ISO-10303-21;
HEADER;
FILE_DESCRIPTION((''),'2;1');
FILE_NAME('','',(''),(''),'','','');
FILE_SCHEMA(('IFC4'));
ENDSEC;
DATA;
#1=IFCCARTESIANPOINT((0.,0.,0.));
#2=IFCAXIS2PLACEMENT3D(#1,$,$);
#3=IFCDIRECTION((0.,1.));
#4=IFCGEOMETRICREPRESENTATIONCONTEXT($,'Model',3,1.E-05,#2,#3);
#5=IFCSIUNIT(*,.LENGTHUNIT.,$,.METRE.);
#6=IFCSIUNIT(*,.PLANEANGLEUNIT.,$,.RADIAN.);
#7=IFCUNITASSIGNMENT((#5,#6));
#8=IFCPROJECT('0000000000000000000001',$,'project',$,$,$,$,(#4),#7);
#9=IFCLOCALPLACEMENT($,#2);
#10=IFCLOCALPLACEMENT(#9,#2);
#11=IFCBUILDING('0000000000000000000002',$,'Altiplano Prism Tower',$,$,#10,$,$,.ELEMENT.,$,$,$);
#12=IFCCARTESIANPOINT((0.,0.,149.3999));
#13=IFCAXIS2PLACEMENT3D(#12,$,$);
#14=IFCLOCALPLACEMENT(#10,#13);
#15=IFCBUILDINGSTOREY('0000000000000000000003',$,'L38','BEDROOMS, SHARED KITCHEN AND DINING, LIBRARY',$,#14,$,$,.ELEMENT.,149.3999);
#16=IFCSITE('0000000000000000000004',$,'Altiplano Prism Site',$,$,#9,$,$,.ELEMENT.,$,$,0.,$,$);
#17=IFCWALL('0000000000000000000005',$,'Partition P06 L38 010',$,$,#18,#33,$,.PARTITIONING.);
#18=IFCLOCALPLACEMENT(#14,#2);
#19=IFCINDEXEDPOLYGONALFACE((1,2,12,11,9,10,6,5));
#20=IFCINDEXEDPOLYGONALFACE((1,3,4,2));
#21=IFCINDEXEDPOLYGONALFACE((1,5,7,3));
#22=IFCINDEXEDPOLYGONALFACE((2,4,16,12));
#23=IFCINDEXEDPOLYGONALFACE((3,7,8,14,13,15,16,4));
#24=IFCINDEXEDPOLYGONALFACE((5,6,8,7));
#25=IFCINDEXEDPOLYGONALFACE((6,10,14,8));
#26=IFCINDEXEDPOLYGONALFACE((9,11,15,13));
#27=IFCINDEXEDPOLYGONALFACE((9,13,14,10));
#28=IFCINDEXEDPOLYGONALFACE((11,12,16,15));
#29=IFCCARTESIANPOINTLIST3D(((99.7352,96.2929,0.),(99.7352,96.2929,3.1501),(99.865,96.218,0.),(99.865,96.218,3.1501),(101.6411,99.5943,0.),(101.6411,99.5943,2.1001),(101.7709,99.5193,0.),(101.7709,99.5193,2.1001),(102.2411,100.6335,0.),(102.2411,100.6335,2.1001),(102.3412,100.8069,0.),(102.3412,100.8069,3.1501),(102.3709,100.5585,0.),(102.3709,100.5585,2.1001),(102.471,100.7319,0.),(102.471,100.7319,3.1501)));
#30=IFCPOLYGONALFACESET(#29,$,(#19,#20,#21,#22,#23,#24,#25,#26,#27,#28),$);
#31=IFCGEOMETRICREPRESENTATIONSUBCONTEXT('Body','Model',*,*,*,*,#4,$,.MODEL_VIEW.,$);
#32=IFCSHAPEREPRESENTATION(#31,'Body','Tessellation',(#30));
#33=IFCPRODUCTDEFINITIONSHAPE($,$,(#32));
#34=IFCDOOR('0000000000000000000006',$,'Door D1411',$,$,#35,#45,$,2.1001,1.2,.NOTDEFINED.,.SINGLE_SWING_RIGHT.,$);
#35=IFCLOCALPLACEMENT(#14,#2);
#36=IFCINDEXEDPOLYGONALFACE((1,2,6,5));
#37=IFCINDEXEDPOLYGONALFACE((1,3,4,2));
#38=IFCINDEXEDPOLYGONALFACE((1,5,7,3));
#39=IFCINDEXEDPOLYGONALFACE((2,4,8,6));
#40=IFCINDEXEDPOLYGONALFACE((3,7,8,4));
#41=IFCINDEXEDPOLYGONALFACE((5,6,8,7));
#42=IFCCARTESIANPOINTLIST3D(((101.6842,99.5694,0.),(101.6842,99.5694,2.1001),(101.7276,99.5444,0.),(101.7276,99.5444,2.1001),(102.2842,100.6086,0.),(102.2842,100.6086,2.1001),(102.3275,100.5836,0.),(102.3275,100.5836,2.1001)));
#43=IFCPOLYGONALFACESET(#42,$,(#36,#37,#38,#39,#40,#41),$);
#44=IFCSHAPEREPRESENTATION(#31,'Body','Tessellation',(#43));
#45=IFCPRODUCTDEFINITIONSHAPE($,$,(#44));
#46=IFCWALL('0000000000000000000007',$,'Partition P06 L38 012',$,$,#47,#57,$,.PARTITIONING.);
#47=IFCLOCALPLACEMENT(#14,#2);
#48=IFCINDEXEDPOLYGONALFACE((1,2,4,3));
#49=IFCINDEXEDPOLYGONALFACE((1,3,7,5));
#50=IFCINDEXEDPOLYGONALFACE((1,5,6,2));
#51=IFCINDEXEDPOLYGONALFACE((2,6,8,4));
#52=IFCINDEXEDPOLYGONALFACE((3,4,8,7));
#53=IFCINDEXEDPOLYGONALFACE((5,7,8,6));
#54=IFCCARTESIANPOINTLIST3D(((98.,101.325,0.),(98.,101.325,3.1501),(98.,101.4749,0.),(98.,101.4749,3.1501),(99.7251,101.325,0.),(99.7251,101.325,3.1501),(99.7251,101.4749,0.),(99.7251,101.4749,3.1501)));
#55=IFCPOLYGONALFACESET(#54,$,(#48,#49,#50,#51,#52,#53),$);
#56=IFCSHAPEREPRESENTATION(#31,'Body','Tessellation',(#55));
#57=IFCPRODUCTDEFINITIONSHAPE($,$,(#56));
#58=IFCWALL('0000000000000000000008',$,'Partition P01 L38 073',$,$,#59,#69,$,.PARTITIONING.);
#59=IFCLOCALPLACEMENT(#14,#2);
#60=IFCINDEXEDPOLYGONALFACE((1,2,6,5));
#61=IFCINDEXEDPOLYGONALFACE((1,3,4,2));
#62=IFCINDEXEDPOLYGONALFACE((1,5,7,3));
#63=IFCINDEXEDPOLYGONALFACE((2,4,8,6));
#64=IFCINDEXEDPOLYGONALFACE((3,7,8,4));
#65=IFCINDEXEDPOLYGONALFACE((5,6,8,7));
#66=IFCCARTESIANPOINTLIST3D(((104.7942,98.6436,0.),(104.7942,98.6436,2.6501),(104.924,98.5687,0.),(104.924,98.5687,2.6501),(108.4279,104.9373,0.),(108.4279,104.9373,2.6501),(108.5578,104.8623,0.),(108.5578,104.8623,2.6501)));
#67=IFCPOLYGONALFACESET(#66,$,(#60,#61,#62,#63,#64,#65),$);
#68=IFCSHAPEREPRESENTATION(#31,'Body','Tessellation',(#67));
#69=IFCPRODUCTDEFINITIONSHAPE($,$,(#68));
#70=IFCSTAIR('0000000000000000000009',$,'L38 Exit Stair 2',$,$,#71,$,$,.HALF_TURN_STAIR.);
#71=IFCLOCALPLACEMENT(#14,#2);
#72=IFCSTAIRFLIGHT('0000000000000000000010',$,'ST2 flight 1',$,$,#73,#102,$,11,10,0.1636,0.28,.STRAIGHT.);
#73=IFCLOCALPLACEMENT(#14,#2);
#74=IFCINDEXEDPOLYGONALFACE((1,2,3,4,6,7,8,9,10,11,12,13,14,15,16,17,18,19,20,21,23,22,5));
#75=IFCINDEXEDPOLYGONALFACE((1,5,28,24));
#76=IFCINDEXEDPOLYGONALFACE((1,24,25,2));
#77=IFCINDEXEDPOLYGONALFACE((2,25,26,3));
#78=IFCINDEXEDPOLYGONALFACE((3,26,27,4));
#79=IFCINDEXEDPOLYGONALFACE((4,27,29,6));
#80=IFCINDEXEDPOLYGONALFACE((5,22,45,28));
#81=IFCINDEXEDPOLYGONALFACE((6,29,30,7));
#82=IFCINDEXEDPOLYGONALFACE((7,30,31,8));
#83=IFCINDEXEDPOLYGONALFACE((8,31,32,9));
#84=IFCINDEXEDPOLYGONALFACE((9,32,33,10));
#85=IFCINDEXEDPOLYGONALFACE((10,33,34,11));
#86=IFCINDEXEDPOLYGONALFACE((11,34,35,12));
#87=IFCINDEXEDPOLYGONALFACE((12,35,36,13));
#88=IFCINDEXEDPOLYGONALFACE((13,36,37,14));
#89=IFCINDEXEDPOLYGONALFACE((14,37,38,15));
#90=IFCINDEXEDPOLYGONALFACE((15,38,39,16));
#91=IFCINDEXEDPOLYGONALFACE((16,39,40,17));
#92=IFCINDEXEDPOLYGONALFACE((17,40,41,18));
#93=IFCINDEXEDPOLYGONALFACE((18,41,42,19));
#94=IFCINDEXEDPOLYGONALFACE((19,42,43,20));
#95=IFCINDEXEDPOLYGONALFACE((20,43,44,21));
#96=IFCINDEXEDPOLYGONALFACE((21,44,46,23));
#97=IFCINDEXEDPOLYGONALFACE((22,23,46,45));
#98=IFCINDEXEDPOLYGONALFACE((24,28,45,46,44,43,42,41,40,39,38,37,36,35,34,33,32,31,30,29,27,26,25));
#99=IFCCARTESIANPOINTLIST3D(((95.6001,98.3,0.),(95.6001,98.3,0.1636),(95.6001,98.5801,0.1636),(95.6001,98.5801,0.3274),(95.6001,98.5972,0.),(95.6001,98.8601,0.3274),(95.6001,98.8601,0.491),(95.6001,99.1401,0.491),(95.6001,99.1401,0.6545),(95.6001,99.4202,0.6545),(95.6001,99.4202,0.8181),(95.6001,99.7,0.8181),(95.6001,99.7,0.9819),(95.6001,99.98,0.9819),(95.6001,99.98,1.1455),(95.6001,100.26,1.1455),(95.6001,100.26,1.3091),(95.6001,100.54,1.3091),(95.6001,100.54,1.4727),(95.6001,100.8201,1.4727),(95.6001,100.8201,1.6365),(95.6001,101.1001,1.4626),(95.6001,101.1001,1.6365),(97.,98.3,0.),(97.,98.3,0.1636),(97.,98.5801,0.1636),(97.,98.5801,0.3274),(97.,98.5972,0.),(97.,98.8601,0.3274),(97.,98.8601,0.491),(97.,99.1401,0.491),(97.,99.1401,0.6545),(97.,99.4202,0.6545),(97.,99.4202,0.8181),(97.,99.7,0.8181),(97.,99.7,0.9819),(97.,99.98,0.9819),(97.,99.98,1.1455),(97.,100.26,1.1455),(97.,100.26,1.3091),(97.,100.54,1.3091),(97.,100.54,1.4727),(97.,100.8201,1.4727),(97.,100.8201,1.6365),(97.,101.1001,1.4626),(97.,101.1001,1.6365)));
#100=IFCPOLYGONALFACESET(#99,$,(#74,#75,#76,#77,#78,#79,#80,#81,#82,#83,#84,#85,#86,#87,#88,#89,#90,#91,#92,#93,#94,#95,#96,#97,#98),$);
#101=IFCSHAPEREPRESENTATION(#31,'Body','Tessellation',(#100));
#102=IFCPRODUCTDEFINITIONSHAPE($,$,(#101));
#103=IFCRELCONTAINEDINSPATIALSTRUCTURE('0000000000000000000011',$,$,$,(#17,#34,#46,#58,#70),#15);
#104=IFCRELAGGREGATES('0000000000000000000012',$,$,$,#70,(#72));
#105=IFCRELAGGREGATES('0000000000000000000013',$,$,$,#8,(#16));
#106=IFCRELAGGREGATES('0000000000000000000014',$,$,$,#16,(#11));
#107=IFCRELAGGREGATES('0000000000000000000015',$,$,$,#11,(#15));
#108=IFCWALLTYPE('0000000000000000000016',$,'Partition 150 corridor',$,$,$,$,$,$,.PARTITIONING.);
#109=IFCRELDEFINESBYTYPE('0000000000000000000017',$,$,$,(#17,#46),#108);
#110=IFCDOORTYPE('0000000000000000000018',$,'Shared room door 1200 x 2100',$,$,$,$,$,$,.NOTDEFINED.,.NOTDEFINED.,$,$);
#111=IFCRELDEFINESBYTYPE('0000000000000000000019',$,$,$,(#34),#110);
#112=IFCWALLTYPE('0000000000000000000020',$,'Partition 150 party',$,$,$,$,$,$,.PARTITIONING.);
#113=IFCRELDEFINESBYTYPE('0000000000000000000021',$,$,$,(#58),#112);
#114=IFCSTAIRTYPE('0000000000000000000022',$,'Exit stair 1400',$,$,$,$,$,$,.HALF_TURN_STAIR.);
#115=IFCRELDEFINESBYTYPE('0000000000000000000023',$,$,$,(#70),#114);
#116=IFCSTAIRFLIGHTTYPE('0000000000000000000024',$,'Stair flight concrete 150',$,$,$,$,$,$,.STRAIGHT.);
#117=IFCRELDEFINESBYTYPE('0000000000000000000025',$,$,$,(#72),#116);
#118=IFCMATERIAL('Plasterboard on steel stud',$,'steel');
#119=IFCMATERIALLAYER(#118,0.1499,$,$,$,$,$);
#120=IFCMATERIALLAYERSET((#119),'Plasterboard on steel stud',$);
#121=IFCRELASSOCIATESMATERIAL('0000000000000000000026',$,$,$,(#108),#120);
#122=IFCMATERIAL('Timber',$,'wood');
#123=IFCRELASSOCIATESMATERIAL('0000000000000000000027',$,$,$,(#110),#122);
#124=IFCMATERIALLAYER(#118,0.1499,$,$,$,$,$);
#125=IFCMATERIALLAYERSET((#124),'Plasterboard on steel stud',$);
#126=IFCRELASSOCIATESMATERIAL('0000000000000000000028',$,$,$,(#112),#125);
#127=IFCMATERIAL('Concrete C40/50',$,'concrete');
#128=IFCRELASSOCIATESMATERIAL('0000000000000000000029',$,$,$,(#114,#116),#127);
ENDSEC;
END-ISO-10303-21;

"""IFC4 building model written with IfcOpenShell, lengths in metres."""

from ifc_helpers import new_model, si_unit, direction, frame, frame_2d, origin, place, context, subcontext, project, spatial, polyline, rectangle, outline, extrude, material, layer, layer_set, type_object, element, fill, aggregate, save


model = new_model("IFC4")

# Units and contexts
model_context = context("Model", 3, precision=1e-05, world=origin(), true_north=direction((0.0, 1.0)))
body_context = subcontext(model_context, "Body", "Model", "MODEL_VIEW")
ifc_project = project(units=[si_unit("LENGTHUNIT", "METRE"), si_unit("PLANEANGLEUNIT", "RADIAN")], contexts=[model_context])

# Site, building, storey
site_placement = place(None, origin())
site = spatial("IfcSite", under=ifc_project, at=site_placement, Name="Altiplano Prism Site", CompositionType="ELEMENT", RefElevation=0.0)
building_placement = place(site_placement, origin())
building = spatial("IfcBuilding", under=site, at=building_placement, Name="Altiplano Prism Tower", CompositionType="ELEMENT")
storey_placement = place(building_placement, frame((0.0, 0.0, 149.3999)))
storey = spatial("IfcBuildingStorey", under=building, at=storey_placement, Name="L38", Description="BEDROOMS, SHARED KITCHEN AND DINING, LIBRARY", CompositionType="ELEMENT", Elevation=149.3999)

# Shared definitions
ifc_material_1 = material(Name="Plasterboard on steel stud", Category="steel")
ifc_layer_1 = layer(ifc_material_1, 0.1499)
ifc_layer_set_1 = layer_set([ifc_layer_1], Name="Plasterboard on steel stud")
wall_type_1 = type_object("IfcWallType", Name="Partition 150 corridor", PredefinedType="PARTITIONING", material=ifc_layer_set_1)

# Wall, opening, door
wall_1_placement = place(storey_placement, frame((102.406, 100.7693, 0.0), z_axis=(0.0, 0.0, 1.0), x_axis=(-0.499978, -0.866038, 0.0)))
wall_1 = element("IfcWall", 1, at=wall_1_placement, inside=storey, type_object=wall_type_1, Name="Partition P06 L38 010", PredefinedType="PARTITIONING", context=body_context, shape_type="SweptSolid", body=[
    extrude(rectangle(XDim=5.2122, YDim=0.1499, at=frame_2d((2.606, 0.0))), origin(), (0.0, 0.0, 1.0), 3.1501),
])
opening_placement = place(wall_1_placement, frame((0.2, 0.0, 0.0)))
opening = element("IfcOpeningElement", 2, at=opening_placement, cuts=wall_1, PredefinedType="OPENING", context=body_context, shape_type="SweptSolid", body=[
    extrude(rectangle(XDim=1.2, YDim=2.1001, at=frame_2d((0.6001, 1.05))), frame((0.0, 0.0854, 0.0), z_axis=(0.0, -1.0, 0.0), x_axis=(1.0, 0.0, 0.0)), (0.0, 0.0, 1.0), 0.1709),
])
ifc_material_2 = material(Name="Timber", Category="wood")
door_type = type_object("IfcDoorType", Name="Shared room door 1200 x 2100", OperationType="NOTDEFINED", PredefinedType="NOTDEFINED", material=ifc_material_2)
door_placement = place(opening_placement, origin())
door = element("IfcDoor", 3, at=door_placement, inside=storey, type_object=door_type, Name="Door D1411", OperationType="SINGLE_SWING_RIGHT", OverallHeight=2.1001, OverallWidth=1.2, PredefinedType="NOTDEFINED", context=body_context, shape_type="SweptSolid", body=[
    extrude(rectangle(XDim=1.2, YDim=2.1001, at=frame_2d((0.6001, 1.05))), frame((0.0, 0.0249, 0.0), z_axis=(0.0, -1.0, 0.0), x_axis=(1.0, 0.0, 0.0)), (0.0, 0.0, 1.0), 0.05),
])
fill(opening, door)

# Walls
wall_2_placement = place(storey_placement, frame((99.7251, 101.3999, 0.0), z_axis=(0.0, 0.0, 1.0), x_axis=(-1.0, 0.0, 0.0)))
element("IfcWall", 4, at=wall_2_placement, inside=storey, type_object=wall_type_1, Name="Partition P06 L38 012", PredefinedType="PARTITIONING", context=body_context, shape_type="SweptSolid", body=[
    extrude(rectangle(XDim=1.7251, YDim=0.1499, at=frame_2d((0.8625, 0.0))), origin(), (0.0, 0.0, 1.0), 3.1501),
])
ifc_layer_2 = layer(ifc_material_1, 0.1499)
ifc_layer_set_2 = layer_set([ifc_layer_2], Name="Plasterboard on steel stud")
wall_type_2 = type_object("IfcWallType", Name="Partition 150 party", PredefinedType="PARTITIONING", material=ifc_layer_set_2)
wall_3_placement = place(storey_placement, frame((108.4929, 104.8999, 0.0), z_axis=(0.0, 0.0, 1.0), x_axis=(-0.500012, -0.866018, 0.0)))
element("IfcWall", 5, at=wall_3_placement, inside=storey, type_object=wall_type_2, Name="Partition P01 L38 073", PredefinedType="PARTITIONING", context=body_context, shape_type="SweptSolid", body=[
    extrude(rectangle(XDim=7.2673, YDim=0.1499, at=frame_2d((3.6338, 0.0))), origin(), (0.0, 0.0, 1.0), 2.6501),
])

# Stair, stair flight
ifc_material_3 = material(Name="Concrete C40/50", Category="concrete")
stair_type = type_object("IfcStairType", Name="Exit stair 1400", PredefinedType="HALF_TURN_STAIR", material=ifc_material_3)
stair_placement = place(storey_placement, origin())
stair = element("IfcStair", 6, at=stair_placement, inside=storey, type_object=stair_type, Name="L38 Exit Stair 2", PredefinedType="HALF_TURN_STAIR")
stair_flight_type = type_object("IfcStairFlightType", Name="Stair flight concrete 150", PredefinedType="STRAIGHT", material=ifc_material_3)
stair_flight_placement = place(storey_placement, frame((96.3, 98.3, 0.0), z_axis=(0.0, 0.0, 1.0), x_axis=(0.0, 1.0, 0.0)))
stair_flight = element("IfcStairFlight", 7, at=stair_flight_placement, type_object=stair_flight_type, Name="ST2 flight 1", NumberOfRisers=11, NumberOfTreads=10, PredefinedType="STRAIGHT", RiserHeight=0.1636, TreadLength=0.28, context=body_context, shape_type="SweptSolid", body=[
    extrude(outline(polyline([(0.0, 0.0), (0.0, 0.1636), (0.28, 0.1636), (0.28, 0.3274), (0.5601, 0.3274), (0.5601, 0.491), (0.8401, 0.491), (0.8401, 0.6545), (1.1201, 0.6545), (1.1201, 0.8181), (1.3999, 0.8181), (1.3999, 0.9819), (1.6799, 0.9819), (1.6799, 1.1455), (1.96, 1.1455), (1.96, 1.3091), (2.24, 1.3091), (2.24, 1.4727), (2.52, 1.4727), (2.52, 1.6365), (2.8, 1.6365), (2.8, 1.8), (2.8, 1.4626), (0.2971, 0.0), (0.0, 0.0)])), frame((0.0, 0.7, 0.0), z_axis=(0.0, -1.0, 0.0), x_axis=(1.0, 0.0, 0.0)), (0.0, 0.0, 1.0), 1.3999),
])
aggregate(stair, [stair_flight])

save(model, "model.ifc")
